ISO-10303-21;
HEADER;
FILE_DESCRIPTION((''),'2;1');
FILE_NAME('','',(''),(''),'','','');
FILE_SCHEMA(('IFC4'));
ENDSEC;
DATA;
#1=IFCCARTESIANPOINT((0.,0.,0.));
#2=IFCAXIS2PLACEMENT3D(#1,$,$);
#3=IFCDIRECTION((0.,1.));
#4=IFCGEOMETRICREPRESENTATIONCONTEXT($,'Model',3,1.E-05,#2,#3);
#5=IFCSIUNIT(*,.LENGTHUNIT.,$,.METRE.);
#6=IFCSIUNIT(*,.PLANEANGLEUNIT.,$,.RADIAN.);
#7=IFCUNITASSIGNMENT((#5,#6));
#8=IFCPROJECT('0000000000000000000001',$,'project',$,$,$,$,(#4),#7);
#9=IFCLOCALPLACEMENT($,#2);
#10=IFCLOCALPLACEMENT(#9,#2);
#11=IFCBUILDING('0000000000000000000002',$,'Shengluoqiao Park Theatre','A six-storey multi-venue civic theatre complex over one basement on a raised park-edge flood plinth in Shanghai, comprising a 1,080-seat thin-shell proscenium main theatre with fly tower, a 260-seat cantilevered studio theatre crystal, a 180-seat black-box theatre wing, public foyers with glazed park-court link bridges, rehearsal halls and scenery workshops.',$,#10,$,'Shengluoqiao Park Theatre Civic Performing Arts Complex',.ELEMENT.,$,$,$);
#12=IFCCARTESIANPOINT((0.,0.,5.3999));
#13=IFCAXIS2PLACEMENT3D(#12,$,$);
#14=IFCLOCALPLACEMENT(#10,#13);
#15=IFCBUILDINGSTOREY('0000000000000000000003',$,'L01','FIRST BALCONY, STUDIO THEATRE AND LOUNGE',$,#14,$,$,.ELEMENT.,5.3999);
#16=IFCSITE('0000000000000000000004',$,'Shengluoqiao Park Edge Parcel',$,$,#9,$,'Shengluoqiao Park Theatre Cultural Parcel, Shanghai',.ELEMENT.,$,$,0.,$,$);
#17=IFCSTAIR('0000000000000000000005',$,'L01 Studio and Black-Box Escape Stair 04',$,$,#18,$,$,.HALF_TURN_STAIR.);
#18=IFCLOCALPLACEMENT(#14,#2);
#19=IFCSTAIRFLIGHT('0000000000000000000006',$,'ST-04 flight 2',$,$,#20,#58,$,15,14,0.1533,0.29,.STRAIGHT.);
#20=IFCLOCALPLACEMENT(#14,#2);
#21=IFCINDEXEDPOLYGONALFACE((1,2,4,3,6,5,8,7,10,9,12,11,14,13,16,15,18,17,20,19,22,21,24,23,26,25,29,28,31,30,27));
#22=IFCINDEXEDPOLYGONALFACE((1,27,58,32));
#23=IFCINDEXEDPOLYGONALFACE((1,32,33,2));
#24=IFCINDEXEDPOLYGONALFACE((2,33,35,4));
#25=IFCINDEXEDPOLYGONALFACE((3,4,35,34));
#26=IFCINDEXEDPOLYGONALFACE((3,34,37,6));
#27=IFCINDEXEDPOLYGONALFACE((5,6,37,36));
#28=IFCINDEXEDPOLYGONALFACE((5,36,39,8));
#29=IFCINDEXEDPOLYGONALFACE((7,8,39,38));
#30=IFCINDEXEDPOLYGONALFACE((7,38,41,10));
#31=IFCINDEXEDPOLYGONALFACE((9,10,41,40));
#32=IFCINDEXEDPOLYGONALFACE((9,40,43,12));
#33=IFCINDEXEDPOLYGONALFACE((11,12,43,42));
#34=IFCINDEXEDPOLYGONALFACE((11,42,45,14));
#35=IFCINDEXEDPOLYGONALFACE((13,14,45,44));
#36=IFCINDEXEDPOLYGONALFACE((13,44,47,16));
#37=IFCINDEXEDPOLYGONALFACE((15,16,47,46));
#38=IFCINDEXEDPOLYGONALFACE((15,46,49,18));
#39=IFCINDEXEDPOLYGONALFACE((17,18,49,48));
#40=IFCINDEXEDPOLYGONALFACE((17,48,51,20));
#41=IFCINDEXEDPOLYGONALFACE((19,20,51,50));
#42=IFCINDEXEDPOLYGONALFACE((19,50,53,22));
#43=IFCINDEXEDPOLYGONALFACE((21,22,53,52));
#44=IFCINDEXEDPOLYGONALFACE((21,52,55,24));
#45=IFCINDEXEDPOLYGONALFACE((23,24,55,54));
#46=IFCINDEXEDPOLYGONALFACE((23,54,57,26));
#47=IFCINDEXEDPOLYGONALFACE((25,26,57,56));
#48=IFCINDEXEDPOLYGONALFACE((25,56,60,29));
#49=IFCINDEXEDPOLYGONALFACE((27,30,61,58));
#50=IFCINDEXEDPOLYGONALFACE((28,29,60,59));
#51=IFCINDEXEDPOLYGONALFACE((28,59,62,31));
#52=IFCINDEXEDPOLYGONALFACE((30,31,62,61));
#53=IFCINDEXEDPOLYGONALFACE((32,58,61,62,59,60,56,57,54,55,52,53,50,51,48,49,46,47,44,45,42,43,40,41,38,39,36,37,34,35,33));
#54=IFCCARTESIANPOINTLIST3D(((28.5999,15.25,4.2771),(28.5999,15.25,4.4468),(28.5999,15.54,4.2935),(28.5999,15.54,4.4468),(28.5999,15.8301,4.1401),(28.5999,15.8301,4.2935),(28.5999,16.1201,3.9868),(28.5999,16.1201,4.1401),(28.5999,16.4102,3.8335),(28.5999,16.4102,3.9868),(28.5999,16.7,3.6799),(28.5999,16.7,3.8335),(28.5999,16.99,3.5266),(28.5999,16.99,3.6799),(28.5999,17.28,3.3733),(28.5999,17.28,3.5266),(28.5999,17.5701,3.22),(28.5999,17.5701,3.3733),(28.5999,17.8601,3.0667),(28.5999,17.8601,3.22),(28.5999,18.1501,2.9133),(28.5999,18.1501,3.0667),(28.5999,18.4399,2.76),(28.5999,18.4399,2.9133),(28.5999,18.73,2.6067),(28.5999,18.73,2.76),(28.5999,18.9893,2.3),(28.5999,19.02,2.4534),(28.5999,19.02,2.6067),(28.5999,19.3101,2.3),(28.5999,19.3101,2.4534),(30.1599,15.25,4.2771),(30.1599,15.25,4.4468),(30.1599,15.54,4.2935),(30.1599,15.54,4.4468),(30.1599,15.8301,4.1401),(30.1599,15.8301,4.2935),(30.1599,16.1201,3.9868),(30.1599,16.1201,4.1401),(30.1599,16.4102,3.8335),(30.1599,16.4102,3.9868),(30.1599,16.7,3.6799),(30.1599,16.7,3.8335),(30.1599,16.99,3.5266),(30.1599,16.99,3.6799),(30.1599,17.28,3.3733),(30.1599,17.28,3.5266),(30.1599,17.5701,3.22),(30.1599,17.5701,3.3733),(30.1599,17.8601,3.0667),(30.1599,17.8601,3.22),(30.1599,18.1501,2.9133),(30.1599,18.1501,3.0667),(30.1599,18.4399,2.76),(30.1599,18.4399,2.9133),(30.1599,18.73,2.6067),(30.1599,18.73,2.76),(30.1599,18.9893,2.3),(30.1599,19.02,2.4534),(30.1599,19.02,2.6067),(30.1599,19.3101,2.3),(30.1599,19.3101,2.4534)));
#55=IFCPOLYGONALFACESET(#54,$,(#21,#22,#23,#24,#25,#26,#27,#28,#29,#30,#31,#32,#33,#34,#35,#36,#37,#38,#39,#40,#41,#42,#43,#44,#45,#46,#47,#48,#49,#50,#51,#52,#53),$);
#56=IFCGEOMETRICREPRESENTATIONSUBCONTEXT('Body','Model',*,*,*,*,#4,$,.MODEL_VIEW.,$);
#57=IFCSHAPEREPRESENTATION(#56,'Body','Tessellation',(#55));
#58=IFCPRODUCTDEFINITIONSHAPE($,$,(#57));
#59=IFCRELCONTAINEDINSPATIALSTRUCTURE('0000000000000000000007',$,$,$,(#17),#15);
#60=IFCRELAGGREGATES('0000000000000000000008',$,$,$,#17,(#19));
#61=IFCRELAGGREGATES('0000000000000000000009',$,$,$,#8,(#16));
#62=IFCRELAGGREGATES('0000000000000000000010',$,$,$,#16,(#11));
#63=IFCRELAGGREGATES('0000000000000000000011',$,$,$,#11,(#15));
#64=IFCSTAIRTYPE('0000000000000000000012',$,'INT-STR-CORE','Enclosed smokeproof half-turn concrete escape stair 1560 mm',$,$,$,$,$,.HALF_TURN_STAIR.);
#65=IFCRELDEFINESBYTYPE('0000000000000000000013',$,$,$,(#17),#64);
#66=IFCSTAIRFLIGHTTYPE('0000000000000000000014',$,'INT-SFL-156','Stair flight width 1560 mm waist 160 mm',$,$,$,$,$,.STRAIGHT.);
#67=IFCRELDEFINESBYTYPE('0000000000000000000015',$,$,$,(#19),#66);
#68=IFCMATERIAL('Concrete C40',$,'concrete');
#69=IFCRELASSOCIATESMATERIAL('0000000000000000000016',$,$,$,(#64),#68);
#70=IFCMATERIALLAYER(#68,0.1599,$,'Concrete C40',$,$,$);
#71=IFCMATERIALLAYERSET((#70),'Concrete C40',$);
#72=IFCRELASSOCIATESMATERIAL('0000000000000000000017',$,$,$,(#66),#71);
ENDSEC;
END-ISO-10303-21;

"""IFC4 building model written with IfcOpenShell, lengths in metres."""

from ifc_helpers import new_model, si_unit, direction, frame, origin, place, context, subcontext, project, spatial, polyline, outline, extrude, material, layer, layer_set, type_object, element, aggregate, save


model = new_model("IFC4")

# Units and contexts
model_context = context("Model", 3, precision=1e-05, world=origin(), true_north=direction((0.0, 1.0)))
body_context = subcontext(model_context, "Body", "Model", "MODEL_VIEW")
ifc_project = project(units=[si_unit("LENGTHUNIT", "METRE"), si_unit("PLANEANGLEUNIT", "RADIAN")], contexts=[model_context])

# Site, building, storey
site_placement = place(None, origin())
site = spatial("IfcSite", under=ifc_project, at=site_placement, Name="Shengluoqiao Park Edge Parcel", LongName="Shengluoqiao Park Theatre Cultural Parcel, Shanghai", CompositionType="ELEMENT", RefElevation=0.0)
building_placement = place(site_placement, origin())
building = spatial("IfcBuilding", under=site, at=building_placement, Name="Shengluoqiao Park Theatre", Description="A six-storey multi-venue civic theatre complex over one basement on a raised park-edge flood plinth in Shanghai, comprising a 1,080-seat thin-shell proscenium main theatre with fly tower, a 260-seat cantilevered studio theatre crystal, a 180-seat black-box theatre wing, public foyers with glazed park-court link bridges, rehearsal halls and scenery workshops.", LongName="Shengluoqiao Park Theatre Civic Performing Arts Complex", CompositionType="ELEMENT")
storey_placement = place(building_placement, frame((0.0, 0.0, 5.3999)))
storey = spatial("IfcBuildingStorey", under=building, at=storey_placement, Name="L01", Description="FIRST BALCONY, STUDIO THEATRE AND LOUNGE", CompositionType="ELEMENT", Elevation=5.3999)

# Shared definitions
ifc_material_1 = material(Name="Concrete C40", Category="concrete")

# Stair, stair flight
stair_type = type_object("IfcStairType", Name="INT-STR-CORE", Description="Enclosed smokeproof half-turn concrete escape stair 1560 mm", PredefinedType="HALF_TURN_STAIR", material=ifc_material_1)
stair_placement = place(storey_placement, origin())
stair = element("IfcStair", 1, at=stair_placement, inside=storey, type_object=stair_type, Name="L01 Studio and Black-Box Escape Stair 04", PredefinedType="HALF_TURN_STAIR")
ifc_layer_1 = layer(ifc_material_1, 0.1599, Name="Concrete C40")
ifc_layer_set_1 = layer_set([ifc_layer_1], Name="Concrete C40")
stair_flight_type = type_object("IfcStairFlightType", Name="INT-SFL-156", Description="Stair flight width 1560 mm waist 160 mm", PredefinedType="STRAIGHT", material=ifc_layer_set_1)
stair_flight_1_placement = place(storey_placement, frame((29.3799, 19.3101, 2.3), z_axis=(0.0, 0.0, 1.0), x_axis=(0.0, -1.0, 0.0)))
stair_flight_1 = element("IfcStairFlight", 2, at=stair_flight_1_placement, type_object=stair_flight_type, Name="ST-04 flight 2", NumberOfRisers=15, NumberOfTreads=14, PredefinedType="STRAIGHT", RiserHeight=0.1533, TreadLength=0.29, context=body_context, shape_type="SweptSolid", body=[
    extrude(outline(polyline([(0.0, 0.0), (0.0, 0.1533), (0.29, 0.1533), (0.29, 0.3066), (0.5801, 0.3066), (0.5801, 0.46), (0.8701, 0.46), (0.8701, 0.6133), (1.1599, 0.6133), (1.1599, 0.7666), (1.45, 0.7666), (1.45, 0.9199), (1.74, 0.9199), (1.74, 1.0732), (2.03, 1.0732), (2.03, 1.2266), (2.3201, 1.2266), (2.3201, 1.3799), (2.6101, 1.3799), (2.6101, 1.5334), (2.8999, 1.5334), (2.8999, 1.6868), (3.1899, 1.6868), (3.1899, 1.8401), (3.48, 1.8401), (3.48, 1.9934), (3.77, 1.9934), (3.77, 2.1467), (4.0601, 2.1467), (4.0601, 2.3), (4.0601, 1.9771), (0.3208, 0.0), (0.0, 0.0)])), frame((0.0, 0.78, 0.0), z_axis=(0.0, -1.0, 0.0), x_axis=(1.0, 0.0, 0.0)), (0.0, 0.0, 1.0), 1.5601),
])
aggregate(stair, [stair_flight_1])

save(model, "model.ifc")
